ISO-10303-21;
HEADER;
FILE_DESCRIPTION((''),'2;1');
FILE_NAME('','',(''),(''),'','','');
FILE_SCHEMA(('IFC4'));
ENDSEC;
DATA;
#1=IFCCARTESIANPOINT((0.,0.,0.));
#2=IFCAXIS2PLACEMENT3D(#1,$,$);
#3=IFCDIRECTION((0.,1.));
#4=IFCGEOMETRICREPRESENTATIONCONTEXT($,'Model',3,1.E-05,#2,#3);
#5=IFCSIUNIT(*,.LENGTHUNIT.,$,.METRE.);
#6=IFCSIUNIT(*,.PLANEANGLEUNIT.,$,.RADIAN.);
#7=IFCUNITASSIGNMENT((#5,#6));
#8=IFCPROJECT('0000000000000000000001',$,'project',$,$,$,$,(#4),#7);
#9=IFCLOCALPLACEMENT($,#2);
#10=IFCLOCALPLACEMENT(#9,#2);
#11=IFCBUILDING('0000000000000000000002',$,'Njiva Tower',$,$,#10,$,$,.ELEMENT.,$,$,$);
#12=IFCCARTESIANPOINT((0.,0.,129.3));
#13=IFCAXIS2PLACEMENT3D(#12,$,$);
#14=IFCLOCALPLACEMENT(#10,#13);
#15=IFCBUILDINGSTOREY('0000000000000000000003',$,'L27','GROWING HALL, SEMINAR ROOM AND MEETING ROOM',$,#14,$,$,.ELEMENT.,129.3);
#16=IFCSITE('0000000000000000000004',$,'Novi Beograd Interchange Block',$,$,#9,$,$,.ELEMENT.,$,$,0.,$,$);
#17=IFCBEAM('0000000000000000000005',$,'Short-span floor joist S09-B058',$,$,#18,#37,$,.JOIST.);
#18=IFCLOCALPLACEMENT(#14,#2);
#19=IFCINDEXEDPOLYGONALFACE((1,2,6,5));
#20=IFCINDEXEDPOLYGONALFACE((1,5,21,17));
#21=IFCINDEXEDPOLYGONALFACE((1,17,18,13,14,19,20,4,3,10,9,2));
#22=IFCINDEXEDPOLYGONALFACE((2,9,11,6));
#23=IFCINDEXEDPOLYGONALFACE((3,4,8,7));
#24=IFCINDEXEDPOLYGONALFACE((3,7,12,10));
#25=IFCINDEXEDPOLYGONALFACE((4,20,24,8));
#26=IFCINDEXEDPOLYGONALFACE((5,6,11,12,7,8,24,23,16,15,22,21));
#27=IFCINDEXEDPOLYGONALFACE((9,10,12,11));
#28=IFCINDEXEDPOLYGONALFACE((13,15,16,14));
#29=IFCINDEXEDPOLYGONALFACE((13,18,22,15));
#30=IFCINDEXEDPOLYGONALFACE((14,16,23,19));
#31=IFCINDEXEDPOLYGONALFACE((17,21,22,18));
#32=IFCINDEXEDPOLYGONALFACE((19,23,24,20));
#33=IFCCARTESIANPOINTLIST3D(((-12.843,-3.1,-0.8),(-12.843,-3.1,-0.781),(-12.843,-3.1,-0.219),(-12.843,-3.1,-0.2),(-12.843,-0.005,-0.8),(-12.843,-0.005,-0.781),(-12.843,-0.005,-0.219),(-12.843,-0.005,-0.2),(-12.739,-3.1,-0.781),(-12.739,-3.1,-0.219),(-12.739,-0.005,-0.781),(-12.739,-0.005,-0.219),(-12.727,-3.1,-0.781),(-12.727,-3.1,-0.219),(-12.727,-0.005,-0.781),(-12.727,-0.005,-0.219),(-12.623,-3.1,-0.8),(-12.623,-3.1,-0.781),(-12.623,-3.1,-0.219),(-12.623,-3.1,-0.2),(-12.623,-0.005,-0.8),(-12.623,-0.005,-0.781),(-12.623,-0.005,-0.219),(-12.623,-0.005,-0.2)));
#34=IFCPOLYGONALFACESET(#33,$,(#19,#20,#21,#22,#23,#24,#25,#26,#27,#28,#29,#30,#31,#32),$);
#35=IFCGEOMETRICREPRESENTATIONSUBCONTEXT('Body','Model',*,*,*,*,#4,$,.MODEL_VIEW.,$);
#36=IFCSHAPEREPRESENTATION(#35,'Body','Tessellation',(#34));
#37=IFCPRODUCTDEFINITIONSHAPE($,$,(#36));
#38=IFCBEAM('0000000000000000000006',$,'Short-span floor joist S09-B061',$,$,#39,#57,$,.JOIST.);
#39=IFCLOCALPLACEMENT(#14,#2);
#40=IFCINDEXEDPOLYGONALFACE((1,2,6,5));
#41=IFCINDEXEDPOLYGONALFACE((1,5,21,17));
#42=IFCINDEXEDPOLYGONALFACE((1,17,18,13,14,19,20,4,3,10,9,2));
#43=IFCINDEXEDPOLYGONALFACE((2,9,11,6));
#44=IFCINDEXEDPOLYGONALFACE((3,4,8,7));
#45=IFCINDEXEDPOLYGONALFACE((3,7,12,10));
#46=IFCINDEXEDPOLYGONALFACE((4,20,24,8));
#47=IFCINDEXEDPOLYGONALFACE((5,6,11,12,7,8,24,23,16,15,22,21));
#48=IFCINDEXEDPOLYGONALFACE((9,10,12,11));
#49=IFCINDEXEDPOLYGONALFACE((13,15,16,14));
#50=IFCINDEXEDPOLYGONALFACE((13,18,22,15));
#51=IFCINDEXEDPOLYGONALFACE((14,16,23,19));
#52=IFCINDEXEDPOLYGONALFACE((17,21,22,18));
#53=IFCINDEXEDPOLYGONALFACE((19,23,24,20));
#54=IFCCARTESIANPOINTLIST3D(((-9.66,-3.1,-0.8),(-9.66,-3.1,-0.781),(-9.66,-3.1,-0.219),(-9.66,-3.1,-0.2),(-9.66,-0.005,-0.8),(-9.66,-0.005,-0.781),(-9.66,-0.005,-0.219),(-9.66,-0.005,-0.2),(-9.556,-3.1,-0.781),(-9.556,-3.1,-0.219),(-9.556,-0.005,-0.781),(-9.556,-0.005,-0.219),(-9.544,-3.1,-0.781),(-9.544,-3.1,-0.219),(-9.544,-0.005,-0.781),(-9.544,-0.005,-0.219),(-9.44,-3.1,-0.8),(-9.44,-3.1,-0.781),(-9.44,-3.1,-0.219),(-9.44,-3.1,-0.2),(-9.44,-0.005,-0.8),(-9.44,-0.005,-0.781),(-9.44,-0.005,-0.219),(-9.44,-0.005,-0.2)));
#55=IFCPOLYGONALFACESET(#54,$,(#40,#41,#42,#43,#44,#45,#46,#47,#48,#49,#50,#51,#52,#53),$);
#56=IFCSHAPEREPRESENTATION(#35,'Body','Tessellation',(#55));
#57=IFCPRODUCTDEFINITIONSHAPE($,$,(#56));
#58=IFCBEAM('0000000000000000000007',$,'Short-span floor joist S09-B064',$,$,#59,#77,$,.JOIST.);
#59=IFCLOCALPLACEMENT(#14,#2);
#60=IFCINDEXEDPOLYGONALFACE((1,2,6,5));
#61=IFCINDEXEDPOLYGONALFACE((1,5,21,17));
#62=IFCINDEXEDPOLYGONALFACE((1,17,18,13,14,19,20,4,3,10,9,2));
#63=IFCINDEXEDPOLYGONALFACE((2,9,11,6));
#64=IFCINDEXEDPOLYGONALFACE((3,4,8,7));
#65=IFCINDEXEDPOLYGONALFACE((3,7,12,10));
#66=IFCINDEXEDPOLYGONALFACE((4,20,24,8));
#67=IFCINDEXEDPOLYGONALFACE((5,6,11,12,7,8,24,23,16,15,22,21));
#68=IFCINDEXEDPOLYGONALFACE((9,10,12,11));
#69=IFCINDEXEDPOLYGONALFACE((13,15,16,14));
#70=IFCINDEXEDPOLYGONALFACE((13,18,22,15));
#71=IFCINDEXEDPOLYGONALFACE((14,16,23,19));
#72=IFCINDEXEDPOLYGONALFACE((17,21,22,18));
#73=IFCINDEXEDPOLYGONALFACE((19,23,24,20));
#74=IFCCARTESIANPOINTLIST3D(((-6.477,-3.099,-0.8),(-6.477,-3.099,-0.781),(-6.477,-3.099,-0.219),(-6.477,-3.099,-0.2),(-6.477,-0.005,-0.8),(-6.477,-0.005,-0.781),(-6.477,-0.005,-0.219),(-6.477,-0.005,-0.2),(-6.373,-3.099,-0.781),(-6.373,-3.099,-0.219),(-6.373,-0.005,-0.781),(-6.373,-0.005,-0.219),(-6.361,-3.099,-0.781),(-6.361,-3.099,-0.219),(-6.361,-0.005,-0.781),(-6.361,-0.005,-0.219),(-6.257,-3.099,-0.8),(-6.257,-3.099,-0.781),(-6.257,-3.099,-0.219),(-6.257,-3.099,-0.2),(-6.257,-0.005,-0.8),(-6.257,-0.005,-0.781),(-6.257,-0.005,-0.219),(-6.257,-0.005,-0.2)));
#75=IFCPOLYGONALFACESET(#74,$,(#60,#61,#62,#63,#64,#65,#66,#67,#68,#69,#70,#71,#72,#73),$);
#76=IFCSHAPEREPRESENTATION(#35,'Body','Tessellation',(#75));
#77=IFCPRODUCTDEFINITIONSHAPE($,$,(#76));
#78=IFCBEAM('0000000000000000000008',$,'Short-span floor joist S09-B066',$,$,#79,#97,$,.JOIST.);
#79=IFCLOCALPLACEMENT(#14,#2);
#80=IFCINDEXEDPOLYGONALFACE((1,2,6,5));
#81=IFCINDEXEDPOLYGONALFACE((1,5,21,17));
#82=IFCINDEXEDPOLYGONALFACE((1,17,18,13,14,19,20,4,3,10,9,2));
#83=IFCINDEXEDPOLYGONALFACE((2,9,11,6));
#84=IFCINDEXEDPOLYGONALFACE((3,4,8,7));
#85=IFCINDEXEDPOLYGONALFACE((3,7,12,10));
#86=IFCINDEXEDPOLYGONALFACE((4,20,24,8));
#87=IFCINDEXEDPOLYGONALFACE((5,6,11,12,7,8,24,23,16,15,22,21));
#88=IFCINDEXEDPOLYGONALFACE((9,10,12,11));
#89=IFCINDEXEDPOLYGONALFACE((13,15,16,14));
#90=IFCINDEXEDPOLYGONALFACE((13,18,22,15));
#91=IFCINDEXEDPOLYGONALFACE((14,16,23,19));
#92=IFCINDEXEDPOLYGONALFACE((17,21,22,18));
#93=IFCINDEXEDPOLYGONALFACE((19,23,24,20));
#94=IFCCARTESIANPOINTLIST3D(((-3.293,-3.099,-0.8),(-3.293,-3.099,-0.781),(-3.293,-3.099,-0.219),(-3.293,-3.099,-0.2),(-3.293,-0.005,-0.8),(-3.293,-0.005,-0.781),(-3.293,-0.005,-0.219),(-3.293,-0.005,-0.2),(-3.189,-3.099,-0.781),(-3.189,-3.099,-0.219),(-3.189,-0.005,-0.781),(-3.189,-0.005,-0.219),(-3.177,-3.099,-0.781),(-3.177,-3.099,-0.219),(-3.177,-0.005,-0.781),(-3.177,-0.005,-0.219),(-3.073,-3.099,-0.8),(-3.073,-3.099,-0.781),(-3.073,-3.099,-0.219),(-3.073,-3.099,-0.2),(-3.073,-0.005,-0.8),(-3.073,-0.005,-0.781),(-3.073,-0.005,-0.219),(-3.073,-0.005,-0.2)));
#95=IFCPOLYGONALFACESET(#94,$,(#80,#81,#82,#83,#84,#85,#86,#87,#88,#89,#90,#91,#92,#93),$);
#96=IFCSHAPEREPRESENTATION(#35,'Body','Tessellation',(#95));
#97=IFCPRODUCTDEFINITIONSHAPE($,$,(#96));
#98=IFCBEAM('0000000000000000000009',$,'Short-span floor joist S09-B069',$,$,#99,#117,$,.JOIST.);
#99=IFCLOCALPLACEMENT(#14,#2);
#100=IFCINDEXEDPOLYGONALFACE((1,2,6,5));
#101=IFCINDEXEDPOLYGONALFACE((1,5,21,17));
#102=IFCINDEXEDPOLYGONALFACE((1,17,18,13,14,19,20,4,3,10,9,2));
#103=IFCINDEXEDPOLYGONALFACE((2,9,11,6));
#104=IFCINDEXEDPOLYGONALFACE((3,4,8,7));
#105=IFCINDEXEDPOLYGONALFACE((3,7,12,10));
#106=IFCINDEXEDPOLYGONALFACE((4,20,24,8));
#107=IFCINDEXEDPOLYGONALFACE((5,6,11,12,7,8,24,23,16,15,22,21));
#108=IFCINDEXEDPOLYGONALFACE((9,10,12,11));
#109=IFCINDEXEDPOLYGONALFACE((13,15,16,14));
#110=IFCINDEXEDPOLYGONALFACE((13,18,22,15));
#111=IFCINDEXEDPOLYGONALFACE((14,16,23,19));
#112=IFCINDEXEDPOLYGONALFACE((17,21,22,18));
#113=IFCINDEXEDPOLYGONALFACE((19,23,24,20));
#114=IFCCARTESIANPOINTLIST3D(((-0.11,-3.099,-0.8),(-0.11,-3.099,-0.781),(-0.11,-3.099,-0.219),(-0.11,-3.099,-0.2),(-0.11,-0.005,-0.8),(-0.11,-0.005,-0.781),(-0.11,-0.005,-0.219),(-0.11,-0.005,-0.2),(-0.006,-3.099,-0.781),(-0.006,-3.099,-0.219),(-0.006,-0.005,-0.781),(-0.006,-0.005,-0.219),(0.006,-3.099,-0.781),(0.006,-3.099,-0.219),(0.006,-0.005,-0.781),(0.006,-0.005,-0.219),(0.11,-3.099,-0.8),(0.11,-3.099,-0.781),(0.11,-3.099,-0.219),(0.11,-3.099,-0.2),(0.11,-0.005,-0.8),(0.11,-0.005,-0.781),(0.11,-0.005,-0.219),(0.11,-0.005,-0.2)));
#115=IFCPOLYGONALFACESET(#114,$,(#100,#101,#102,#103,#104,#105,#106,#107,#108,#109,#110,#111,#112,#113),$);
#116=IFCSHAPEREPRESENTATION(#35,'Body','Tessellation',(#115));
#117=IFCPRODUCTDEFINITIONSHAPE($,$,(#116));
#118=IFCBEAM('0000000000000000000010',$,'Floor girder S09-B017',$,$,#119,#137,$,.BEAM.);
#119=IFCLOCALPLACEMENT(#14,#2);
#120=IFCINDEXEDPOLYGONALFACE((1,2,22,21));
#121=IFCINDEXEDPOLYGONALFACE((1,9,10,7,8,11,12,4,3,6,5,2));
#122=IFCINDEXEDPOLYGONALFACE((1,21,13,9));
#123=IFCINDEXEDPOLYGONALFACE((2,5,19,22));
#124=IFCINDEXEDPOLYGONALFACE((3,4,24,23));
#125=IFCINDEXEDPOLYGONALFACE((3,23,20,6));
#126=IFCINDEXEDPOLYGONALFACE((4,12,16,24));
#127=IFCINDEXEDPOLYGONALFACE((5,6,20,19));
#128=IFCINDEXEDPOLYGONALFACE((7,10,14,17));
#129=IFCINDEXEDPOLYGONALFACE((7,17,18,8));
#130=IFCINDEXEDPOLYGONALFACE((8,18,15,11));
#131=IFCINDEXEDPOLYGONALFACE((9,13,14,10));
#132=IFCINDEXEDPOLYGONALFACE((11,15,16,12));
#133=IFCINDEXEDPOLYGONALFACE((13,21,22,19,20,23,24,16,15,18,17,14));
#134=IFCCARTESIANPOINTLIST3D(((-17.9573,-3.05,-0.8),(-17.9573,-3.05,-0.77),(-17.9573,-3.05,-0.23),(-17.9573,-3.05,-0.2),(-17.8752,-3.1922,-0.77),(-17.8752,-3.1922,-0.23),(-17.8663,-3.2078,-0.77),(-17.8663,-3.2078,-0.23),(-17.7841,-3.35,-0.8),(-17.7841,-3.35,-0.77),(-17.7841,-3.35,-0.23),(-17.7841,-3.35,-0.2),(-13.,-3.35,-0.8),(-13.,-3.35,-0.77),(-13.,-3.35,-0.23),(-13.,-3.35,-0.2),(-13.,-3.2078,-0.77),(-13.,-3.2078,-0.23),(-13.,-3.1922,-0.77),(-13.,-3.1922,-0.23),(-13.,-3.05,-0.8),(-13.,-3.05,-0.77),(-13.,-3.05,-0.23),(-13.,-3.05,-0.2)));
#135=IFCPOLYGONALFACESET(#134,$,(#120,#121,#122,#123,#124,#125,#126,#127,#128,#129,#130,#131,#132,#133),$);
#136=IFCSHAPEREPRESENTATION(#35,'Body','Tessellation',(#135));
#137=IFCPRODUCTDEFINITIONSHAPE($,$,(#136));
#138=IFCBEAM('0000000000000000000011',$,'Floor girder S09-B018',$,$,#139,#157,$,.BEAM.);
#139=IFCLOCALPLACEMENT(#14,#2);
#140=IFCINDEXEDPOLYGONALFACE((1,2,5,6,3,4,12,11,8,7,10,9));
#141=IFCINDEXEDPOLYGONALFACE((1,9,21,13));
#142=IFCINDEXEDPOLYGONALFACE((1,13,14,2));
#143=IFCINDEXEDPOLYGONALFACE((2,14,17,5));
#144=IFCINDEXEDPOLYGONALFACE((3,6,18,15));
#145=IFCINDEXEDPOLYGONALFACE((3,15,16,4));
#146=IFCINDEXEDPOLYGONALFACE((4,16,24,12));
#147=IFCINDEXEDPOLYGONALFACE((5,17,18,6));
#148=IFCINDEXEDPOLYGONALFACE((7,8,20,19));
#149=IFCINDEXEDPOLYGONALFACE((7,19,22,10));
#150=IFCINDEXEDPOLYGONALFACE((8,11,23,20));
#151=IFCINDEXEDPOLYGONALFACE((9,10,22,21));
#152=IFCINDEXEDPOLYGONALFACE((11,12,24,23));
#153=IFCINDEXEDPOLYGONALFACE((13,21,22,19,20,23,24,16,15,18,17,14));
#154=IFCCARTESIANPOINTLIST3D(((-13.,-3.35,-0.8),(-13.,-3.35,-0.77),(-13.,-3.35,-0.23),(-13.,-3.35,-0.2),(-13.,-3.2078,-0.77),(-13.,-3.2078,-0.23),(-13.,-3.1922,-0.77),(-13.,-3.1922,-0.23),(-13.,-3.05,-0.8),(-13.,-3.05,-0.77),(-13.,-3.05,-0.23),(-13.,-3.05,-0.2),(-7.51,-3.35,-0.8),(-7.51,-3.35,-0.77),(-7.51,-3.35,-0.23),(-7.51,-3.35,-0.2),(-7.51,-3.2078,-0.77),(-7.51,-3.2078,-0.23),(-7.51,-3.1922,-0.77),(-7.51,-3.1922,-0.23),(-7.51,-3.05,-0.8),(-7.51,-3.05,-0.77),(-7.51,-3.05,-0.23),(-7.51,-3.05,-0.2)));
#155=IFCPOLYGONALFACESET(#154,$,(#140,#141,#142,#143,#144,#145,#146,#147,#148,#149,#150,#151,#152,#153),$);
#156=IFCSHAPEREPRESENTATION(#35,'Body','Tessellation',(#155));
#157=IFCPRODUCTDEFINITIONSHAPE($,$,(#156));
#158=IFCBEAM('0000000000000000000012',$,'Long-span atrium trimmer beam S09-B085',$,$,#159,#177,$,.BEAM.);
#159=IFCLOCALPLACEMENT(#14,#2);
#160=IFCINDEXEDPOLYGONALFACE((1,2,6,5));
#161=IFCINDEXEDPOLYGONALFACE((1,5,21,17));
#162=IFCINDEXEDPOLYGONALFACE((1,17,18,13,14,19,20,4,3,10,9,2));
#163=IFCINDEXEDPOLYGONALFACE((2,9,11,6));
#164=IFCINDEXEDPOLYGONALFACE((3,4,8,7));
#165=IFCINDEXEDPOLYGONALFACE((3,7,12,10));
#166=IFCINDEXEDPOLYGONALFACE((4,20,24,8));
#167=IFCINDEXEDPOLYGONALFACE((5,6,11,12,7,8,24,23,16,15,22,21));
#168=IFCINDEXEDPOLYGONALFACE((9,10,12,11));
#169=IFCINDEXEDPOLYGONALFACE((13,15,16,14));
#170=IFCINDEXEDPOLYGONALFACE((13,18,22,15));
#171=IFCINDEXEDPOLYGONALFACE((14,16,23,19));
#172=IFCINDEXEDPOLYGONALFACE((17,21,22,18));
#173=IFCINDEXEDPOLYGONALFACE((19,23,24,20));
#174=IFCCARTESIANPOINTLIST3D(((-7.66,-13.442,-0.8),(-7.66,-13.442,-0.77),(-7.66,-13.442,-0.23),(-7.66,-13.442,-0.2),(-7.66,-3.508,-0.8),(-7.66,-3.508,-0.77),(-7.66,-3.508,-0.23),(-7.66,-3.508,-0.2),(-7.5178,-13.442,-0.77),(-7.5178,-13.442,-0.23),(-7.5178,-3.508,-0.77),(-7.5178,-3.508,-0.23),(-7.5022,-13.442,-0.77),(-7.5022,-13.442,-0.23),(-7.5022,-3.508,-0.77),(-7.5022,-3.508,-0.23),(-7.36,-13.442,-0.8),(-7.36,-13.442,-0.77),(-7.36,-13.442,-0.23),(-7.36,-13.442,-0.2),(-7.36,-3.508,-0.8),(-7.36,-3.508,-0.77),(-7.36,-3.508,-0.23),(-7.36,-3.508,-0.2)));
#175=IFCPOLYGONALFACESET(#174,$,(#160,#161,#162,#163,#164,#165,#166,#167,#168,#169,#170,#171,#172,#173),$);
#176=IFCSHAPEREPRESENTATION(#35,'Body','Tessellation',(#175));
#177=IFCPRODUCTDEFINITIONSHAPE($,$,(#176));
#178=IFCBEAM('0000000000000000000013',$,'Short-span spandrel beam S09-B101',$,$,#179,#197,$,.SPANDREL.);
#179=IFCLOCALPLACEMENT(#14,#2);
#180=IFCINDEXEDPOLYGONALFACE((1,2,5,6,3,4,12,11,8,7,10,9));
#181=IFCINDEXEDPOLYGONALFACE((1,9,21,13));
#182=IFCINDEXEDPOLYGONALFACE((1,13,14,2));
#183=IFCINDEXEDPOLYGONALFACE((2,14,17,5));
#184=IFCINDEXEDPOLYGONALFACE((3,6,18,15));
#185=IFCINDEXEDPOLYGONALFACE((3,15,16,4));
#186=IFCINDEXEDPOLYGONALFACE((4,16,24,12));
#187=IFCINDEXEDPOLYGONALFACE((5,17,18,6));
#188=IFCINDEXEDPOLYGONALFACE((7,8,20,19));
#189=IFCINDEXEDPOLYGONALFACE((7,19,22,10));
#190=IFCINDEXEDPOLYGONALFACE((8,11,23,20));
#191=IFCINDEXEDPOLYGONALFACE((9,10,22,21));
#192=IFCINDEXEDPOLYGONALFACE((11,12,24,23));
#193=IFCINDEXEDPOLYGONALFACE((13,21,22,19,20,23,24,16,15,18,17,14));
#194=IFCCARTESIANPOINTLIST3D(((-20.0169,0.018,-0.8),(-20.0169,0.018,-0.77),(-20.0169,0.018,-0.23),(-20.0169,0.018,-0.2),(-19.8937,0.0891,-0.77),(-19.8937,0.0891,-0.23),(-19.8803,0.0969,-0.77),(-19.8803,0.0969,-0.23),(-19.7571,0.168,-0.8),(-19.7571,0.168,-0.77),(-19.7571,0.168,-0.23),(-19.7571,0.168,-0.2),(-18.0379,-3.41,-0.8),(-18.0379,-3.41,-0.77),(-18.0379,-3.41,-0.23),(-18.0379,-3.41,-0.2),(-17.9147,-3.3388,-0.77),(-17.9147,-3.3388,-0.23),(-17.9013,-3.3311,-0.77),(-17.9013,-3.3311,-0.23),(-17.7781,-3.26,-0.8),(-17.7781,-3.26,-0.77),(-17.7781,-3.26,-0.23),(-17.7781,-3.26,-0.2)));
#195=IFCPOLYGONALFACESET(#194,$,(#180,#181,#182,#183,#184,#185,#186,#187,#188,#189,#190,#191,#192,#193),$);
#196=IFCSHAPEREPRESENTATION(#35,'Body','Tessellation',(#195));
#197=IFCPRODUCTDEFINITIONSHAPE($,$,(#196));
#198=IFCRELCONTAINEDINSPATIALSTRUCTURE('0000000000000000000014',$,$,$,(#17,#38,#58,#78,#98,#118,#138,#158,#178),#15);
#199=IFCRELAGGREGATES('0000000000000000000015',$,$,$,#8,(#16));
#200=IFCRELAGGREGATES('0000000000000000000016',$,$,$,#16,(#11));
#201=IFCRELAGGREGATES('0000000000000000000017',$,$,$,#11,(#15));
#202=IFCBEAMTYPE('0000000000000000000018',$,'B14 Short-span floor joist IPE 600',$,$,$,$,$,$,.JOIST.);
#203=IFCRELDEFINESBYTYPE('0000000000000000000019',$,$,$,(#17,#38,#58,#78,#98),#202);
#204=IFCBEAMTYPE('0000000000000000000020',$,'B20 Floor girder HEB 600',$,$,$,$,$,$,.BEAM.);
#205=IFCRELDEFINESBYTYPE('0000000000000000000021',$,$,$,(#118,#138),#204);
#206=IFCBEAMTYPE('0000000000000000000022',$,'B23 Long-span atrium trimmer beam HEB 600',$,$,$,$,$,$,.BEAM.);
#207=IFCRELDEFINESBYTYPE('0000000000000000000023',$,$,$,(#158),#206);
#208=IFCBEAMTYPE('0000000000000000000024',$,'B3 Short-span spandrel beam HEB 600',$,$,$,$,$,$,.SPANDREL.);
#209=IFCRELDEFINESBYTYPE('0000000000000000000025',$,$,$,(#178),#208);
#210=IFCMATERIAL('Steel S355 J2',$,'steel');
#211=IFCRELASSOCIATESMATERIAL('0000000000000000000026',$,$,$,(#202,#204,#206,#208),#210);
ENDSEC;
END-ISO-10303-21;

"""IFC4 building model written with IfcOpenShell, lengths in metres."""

from ifc_helpers import new_model, si_unit, direction, frame, origin, origin_2d, place, context, subcontext, project, spatial, i_section, extrude, clip, halfspace, material, material_profile, profile_set, type_object, element, save


model = new_model("IFC4")

# Units and contexts
model_context = context("Model", 3, precision=1e-05, world=origin(), true_north=direction((0.0, 1.0)))
body_context = subcontext(model_context, "Body", "Model", "MODEL_VIEW")
ifc_project = project(units=[si_unit("LENGTHUNIT", "METRE"), si_unit("PLANEANGLEUNIT", "RADIAN")], contexts=[model_context])

# Site, building, storey
site_placement = place(None, origin())
site = spatial("IfcSite", under=ifc_project, at=site_placement, Name="Novi Beograd Interchange Block", CompositionType="ELEMENT", RefElevation=0.0)
building_placement = place(site_placement, origin())
building = spatial("IfcBuilding", under=site, at=building_placement, Name="Njiva Tower", CompositionType="ELEMENT")
storey_placement = place(building_placement, frame((0.0, 0.0, 129.3)))
storey = spatial("IfcBuildingStorey", under=building, at=storey_placement, Name="L27", Description="GROWING HALL, SEMINAR ROOM AND MEETING ROOM", CompositionType="ELEMENT", Elevation=129.3)

# Shared definitions
ifc_material_1 = material(Name="Steel S355 J2", Category="steel")

# Beams
ifc_material_profile_1 = material_profile(ifc_material_1, i_section(OverallWidth=0.22, OverallDepth=0.6, WebThickness=0.012, FlangeThickness=0.019, at=origin_2d()), Name="IPE 600")
ifc_profile_set_1 = profile_set([ifc_material_profile_1], Name="Steel S355 J2")
beam_type_1 = type_object("IfcBeamType", Name="B14 Short-span floor joist IPE 600", PredefinedType="JOIST", material=ifc_profile_set_1)
for number, where, z_axis, x_axis, name in (
    (1, (-12.733, -0.005, -0.5), (0.0, -1.0, 0.0), (1.0, 0.0, 0.0), "Short-span floor joist S09-B058"),
    (2, (-9.55, -0.005, -0.5), (0.0, -1.0, 0.0), (1.0, 0.0, 0.0), "Short-span floor joist S09-B061"),
):
    element("IfcBeam", number, at=place(storey_placement, frame(where, z_axis=z_axis, x_axis=x_axis)), inside=storey, type_object=beam_type_1, Name=name, PredefinedType="JOIST", context=body_context, shape_type="SweptSolid", body=[
        extrude(i_section(OverallWidth=0.22, OverallDepth=0.6, WebThickness=0.012, FlangeThickness=0.019, at=origin_2d()), origin(), (0.0, 0.0, 1.0), 3.095),
    ])
for number, where, z_axis, x_axis, name in (
    (3, (-6.367, -0.005, -0.5), (0.0, -1.0, 0.0), (1.0, 0.0, 0.0), "Short-span floor joist S09-B064"),
    (4, (-3.183, -0.005, -0.5), (0.0, -1.0, 0.0), (1.0, 0.0, 0.0), "Short-span floor joist S09-B066"),
    (5, (0.0, -0.005, -0.5), (0.0, -1.0, 0.0), (1.0, 0.0, 0.0), "Short-span floor joist S09-B069"),
):
    element("IfcBeam", number, at=place(storey_placement, frame(where, z_axis=z_axis, x_axis=x_axis)), inside=storey, type_object=beam_type_1, Name=name, PredefinedType="JOIST", context=body_context, shape_type="SweptSolid", body=[
        extrude(i_section(OverallWidth=0.22, OverallDepth=0.6, WebThickness=0.012, FlangeThickness=0.019, at=origin_2d()), origin(), (0.0, 0.0, 1.0), 3.094),
    ])
ifc_material_profile_2 = material_profile(ifc_material_1, i_section(OverallWidth=0.3, OverallDepth=0.6, WebThickness=0.0155, FlangeThickness=0.03, at=origin_2d()), Name="HEB 600")
ifc_profile_set_2 = profile_set([ifc_material_profile_2], Name="Steel S355 J2")
beam_type_2 = type_object("IfcBeamType", Name="B20 Floor girder HEB 600", PredefinedType="BEAM", material=ifc_profile_set_2)
beam_1_placement = place(storey_placement, frame((-17.978, -3.2, -0.5), z_axis=(1.0, 0.0, 0.0), x_axis=(0.0, 1.0, 0.0)))
element("IfcBeam", 6, at=beam_1_placement, inside=storey, type_object=beam_type_2, Name="Floor girder S09-B017", PredefinedType="BEAM", context=body_context, shape_type="Clipping", body=[
    clip(extrude(i_section(OverallWidth=0.3, OverallDepth=0.6, WebThickness=0.0155, FlangeThickness=0.03, at=origin_2d()), origin(), (0.0, 0.0, 1.0), 4.978), halfspace(frame((-0.025, 0.0, 0.1217), z_axis=(-0.499998, 0.0, -0.866027), x_axis=(0.0, -1.0, 0.0)), False)),
])
beam_2_placement = place(storey_placement, frame((-13.0, -3.2, -0.5), z_axis=(1.0, 0.0, 0.0), x_axis=(0.0, 1.0, 0.0)))
element("IfcBeam", 7, at=beam_2_placement, inside=storey, type_object=beam_type_2, Name="Floor girder S09-B018", PredefinedType="BEAM", context=body_context, shape_type="SweptSolid", body=[
    extrude(i_section(OverallWidth=0.3, OverallDepth=0.6, WebThickness=0.0155, FlangeThickness=0.03, at=origin_2d()), origin(), (0.0, 0.0, 1.0), 5.49),
])
ifc_material_profile_3 = material_profile(ifc_material_1, i_section(OverallWidth=0.3, OverallDepth=0.6, WebThickness=0.0155, FlangeThickness=0.03, at=origin_2d()), Name="HEB 600")
ifc_profile_set_3 = profile_set([ifc_material_profile_3], Name="Steel S355 J2")
beam_type_3 = type_object("IfcBeamType", Name="B23 Long-span atrium trimmer beam HEB 600", PredefinedType="BEAM", material=ifc_profile_set_3)
beam_3_placement = place(storey_placement, frame((-7.51, -3.508, -0.5), z_axis=(0.0, -1.0, 0.0), x_axis=(1.0, 0.0, 0.0)))
element("IfcBeam", 8, at=beam_3_placement, inside=storey, type_object=beam_type_3, Name="Long-span atrium trimmer beam S09-B085", PredefinedType="BEAM", context=body_context, shape_type="SweptSolid", body=[
    extrude(i_section(OverallWidth=0.3, OverallDepth=0.6, WebThickness=0.0155, FlangeThickness=0.03, at=origin_2d()), origin(), (0.0, 0.0, 1.0), 9.934),
])
ifc_material_profile_4 = material_profile(ifc_material_1, i_section(OverallWidth=0.3, OverallDepth=0.6, WebThickness=0.0155, FlangeThickness=0.03, at=origin_2d()), Name="HEB 600")
ifc_profile_set_4 = profile_set([ifc_material_profile_4], Name="Steel S355 J2")
beam_type_4 = type_object("IfcBeamType", Name="B3 Short-span spandrel beam HEB 600", PredefinedType="SPANDREL", material=ifc_profile_set_4)
for number, where, z_axis, x_axis, name in (
    (9, (-19.887, 0.093, -0.5), (0.49997, -0.866043, 0.0), (0.866043, 0.49997, 0.0), "Short-span spandrel beam S09-B101"),
):
    element("IfcBeam", number, at=place(storey_placement, frame(where, z_axis=z_axis, x_axis=x_axis)), inside=storey, type_object=beam_type_4, Name=name, PredefinedType="SPANDREL", context=body_context, shape_type="SweptSolid", body=[
        extrude(i_section(OverallWidth=0.3, OverallDepth=0.6, WebThickness=0.0155, FlangeThickness=0.03, at=origin_2d()), origin(), (0.0, 0.0, 1.0), 3.9582),
    ])

save(model, "model.ifc")
